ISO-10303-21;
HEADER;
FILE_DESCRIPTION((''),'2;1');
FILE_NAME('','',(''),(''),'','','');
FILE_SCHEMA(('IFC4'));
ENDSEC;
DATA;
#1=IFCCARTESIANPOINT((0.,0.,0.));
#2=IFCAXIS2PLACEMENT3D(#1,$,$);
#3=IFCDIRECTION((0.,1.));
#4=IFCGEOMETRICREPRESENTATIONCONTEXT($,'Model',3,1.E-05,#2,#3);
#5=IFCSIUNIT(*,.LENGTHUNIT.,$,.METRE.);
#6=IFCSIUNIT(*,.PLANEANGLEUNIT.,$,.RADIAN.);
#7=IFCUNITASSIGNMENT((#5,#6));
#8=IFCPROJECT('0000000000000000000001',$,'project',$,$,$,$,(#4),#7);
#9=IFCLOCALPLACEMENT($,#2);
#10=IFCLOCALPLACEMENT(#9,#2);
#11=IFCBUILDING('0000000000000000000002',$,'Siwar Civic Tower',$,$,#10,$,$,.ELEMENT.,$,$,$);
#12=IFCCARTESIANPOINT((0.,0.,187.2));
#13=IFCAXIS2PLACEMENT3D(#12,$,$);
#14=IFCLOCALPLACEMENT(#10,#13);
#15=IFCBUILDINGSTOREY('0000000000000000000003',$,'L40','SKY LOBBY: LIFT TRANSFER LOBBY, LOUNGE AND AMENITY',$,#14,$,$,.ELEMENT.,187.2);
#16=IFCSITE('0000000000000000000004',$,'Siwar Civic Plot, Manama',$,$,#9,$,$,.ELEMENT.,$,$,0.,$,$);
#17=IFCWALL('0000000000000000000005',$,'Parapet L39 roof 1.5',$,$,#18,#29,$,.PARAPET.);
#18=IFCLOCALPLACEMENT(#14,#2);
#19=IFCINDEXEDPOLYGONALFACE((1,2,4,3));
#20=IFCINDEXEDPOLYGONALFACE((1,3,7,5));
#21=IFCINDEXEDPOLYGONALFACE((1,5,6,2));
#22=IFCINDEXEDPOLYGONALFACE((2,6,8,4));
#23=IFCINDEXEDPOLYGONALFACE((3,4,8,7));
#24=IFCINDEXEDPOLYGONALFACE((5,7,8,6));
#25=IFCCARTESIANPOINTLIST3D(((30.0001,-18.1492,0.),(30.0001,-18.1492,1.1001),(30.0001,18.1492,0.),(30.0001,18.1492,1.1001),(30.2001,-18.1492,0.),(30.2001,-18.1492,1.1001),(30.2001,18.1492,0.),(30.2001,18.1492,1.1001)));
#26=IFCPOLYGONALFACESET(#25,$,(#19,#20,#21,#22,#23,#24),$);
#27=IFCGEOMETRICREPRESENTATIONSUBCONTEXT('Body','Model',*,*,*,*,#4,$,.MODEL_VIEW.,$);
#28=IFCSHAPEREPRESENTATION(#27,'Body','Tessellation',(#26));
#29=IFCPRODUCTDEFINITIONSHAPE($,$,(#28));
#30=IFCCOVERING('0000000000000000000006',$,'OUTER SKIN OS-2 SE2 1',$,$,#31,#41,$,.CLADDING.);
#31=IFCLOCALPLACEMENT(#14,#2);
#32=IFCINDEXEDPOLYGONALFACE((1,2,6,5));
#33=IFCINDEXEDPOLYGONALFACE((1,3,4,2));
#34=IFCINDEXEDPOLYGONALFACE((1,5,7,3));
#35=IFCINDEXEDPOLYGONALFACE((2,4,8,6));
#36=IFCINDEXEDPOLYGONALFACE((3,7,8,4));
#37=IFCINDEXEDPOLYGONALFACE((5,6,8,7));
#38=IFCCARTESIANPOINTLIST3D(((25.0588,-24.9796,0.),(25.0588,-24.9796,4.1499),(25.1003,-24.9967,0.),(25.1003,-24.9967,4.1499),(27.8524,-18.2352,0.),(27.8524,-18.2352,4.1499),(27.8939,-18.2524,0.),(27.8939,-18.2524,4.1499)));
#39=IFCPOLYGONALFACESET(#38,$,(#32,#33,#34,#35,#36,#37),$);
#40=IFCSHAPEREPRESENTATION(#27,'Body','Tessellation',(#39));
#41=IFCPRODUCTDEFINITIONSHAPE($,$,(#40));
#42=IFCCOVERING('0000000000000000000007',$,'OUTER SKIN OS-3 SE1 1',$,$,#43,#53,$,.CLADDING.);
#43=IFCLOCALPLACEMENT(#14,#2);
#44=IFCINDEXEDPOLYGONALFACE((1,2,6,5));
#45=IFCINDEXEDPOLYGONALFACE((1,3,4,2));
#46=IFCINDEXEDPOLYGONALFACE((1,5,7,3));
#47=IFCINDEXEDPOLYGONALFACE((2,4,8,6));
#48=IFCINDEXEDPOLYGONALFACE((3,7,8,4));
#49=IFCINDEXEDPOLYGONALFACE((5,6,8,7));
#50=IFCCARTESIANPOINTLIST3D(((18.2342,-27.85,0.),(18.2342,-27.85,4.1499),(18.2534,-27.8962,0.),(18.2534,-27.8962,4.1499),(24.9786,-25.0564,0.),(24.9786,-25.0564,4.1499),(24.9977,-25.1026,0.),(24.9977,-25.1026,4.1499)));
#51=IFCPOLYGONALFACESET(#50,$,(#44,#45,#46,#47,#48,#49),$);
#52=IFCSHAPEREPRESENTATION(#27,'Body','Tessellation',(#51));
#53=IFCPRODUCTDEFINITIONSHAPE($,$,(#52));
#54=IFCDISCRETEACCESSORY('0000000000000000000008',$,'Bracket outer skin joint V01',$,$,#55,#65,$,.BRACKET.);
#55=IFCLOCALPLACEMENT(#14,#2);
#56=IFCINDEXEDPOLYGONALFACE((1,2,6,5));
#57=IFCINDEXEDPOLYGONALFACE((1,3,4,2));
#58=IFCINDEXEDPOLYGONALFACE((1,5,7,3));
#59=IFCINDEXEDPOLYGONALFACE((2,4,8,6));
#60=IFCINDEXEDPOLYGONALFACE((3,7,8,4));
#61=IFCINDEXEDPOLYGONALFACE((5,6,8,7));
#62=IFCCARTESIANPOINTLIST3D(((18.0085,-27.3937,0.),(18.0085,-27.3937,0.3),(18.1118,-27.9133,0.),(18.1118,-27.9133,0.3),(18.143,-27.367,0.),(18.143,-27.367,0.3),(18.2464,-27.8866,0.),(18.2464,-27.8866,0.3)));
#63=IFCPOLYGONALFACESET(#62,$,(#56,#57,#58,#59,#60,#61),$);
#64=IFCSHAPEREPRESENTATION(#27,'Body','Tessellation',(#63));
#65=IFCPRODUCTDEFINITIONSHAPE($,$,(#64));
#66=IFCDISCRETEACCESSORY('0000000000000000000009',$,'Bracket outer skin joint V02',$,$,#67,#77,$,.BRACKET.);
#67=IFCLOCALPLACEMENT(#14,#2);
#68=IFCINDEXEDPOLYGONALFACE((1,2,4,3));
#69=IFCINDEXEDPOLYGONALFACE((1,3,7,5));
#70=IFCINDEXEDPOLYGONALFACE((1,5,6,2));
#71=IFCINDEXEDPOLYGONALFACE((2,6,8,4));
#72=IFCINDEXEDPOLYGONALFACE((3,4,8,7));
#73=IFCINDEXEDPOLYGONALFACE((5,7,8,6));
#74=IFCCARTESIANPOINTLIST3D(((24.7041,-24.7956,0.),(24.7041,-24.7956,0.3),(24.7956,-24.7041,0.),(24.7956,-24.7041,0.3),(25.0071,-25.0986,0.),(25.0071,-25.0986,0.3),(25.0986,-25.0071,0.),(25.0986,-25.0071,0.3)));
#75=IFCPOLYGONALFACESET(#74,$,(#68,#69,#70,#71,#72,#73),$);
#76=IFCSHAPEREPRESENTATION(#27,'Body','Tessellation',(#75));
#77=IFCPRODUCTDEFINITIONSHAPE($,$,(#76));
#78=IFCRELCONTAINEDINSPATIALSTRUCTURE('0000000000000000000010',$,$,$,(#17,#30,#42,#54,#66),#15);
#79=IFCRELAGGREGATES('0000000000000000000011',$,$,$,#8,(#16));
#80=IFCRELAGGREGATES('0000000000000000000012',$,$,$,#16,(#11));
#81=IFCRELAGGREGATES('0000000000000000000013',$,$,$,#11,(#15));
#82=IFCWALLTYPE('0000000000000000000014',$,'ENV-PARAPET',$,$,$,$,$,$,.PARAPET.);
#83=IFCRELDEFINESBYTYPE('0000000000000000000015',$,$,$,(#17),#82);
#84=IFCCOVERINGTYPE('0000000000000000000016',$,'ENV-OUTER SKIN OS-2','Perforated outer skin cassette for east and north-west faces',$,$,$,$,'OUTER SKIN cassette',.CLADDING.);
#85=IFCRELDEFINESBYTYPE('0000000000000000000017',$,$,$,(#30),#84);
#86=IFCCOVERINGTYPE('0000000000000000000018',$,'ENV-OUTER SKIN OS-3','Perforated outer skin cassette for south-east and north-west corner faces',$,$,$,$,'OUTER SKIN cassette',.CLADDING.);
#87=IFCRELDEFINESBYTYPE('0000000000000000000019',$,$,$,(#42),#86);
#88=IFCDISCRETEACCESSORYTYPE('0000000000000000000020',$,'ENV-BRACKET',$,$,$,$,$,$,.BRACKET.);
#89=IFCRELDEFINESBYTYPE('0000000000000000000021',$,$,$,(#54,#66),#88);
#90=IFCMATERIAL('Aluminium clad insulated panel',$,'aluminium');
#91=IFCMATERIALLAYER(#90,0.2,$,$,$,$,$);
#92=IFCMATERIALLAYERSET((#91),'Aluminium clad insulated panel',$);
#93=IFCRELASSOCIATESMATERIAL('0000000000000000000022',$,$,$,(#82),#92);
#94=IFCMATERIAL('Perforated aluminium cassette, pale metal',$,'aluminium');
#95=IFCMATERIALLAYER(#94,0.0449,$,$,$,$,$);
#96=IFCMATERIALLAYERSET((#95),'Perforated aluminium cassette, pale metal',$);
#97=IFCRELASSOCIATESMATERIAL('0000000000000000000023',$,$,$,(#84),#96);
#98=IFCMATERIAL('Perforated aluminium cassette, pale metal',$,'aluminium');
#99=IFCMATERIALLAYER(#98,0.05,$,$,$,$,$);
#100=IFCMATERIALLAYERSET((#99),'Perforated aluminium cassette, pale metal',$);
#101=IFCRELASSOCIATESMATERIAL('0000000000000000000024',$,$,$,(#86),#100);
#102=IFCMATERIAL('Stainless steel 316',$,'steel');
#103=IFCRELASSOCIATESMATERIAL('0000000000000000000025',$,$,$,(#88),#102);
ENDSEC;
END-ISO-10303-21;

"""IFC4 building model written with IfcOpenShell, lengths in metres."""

from ifc_helpers import new_model, si_unit, direction, frame, frame_2d, origin, origin_2d, place, context, subcontext, project, spatial, rectangle, extrude, material, layer, layer_set, type_object, element, save


model = new_model("IFC4")

# Units and contexts
model_context = context("Model", 3, precision=1e-05, world=origin(), true_north=direction((0.0, 1.0)))
body_context = subcontext(model_context, "Body", "Model", "MODEL_VIEW")
ifc_project = project(units=[si_unit("LENGTHUNIT", "METRE"), si_unit("PLANEANGLEUNIT", "RADIAN")], contexts=[model_context])

# Site, building, storey
site_placement = place(None, origin())
site = spatial("IfcSite", under=ifc_project, at=site_placement, Name="Siwar Civic Plot, Manama", CompositionType="ELEMENT", RefElevation=0.0)
building_placement = place(site_placement, origin())
building = spatial("IfcBuilding", under=site, at=building_placement, Name="Siwar Civic Tower", CompositionType="ELEMENT")
storey_placement = place(building_placement, frame((0.0, 0.0, 187.2)))
storey = spatial("IfcBuildingStorey", under=building, at=storey_placement, Name="L40", Description="SKY LOBBY: LIFT TRANSFER LOBBY, LOUNGE AND AMENITY", CompositionType="ELEMENT", Elevation=187.2)

# Wall
ifc_material_1 = material(Name="Aluminium clad insulated panel", Category="aluminium")
ifc_layer_1 = layer(ifc_material_1, 0.2)
ifc_layer_set_1 = layer_set([ifc_layer_1], Name="Aluminium clad insulated panel")
wall_type = type_object("IfcWallType", Name="ENV-PARAPET", PredefinedType="PARAPET", material=ifc_layer_set_1)
wall_placement = place(storey_placement, frame((30.1001, -18.1492, 0.0), z_axis=(0.0, 0.0, 1.0), x_axis=(0.0, 1.0, 0.0)))
element("IfcWall", 1, at=wall_placement, inside=storey, type_object=wall_type, Name="Parapet L39 roof 1.5", PredefinedType="PARAPET", context=body_context, shape_type="SweptSolid", body=[
    extrude(rectangle(XDim=36.2983, YDim=0.2, at=frame_2d((18.1492, 0.0))), origin(), (0.0, 0.0, 1.0), 1.1001),
])

# Coverings
ifc_material_2 = material(Name="Perforated aluminium cassette, pale metal", Category="aluminium")
ifc_layer_2 = layer(ifc_material_2, 0.0449)
ifc_layer_set_2 = layer_set([ifc_layer_2], Name="Perforated aluminium cassette, pale metal")
covering_type_1 = type_object("IfcCoveringType", Name="ENV-OUTER SKIN OS-2", Description="Perforated outer skin cassette for east and north-west faces", ElementType="OUTER SKIN cassette", PredefinedType="CLADDING", material=ifc_layer_set_2)
covering_1_placement = place(storey_placement, frame((26.4763, -21.616, 0.0), z_axis=(0.0, 0.0, 1.0), x_axis=(0.382683, 0.92388, 0.0)))
element("IfcCovering", 2, at=covering_1_placement, inside=storey, type_object=covering_type_1, Name="OUTER SKIN OS-2 SE2 1", PredefinedType="CLADDING", context=body_context, shape_type="SweptSolid", body=[
    extrude(rectangle(XDim=7.3, YDim=0.0449, at=origin_2d()), origin(), (0.0, 0.0, 1.0), 4.1499),
])
ifc_material_3 = material(Name="Perforated aluminium cassette, pale metal", Category="aluminium")
ifc_layer_3 = layer(ifc_material_3, 0.05)
ifc_layer_set_3 = layer_set([ifc_layer_3], Name="Perforated aluminium cassette, pale metal")
covering_type_2 = type_object("IfcCoveringType", Name="ENV-OUTER SKIN OS-3", Description="Perforated outer skin cassette for south-east and north-west corner faces", ElementType="OUTER SKIN cassette", PredefinedType="CLADDING", material=ifc_layer_set_3)
covering_2_placement = place(storey_placement, frame((21.616, -26.4763, 0.0), z_axis=(0.0, 0.0, 1.0), x_axis=(0.92388, 0.382683, 0.0)))
element("IfcCovering", 3, at=covering_2_placement, inside=storey, type_object=covering_type_2, Name="OUTER SKIN OS-3 SE1 1", PredefinedType="CLADDING", context=body_context, shape_type="SweptSolid", body=[
    extrude(rectangle(XDim=7.3, YDim=0.05, at=origin_2d()), origin(), (0.0, 0.0, 1.0), 4.1499),
])

# Discrete accessories
ifc_material_4 = material(Name="Stainless steel 316", Category="steel")
discrete_accessory_type = type_object("IfcDiscreteAccessoryType", Name="ENV-BRACKET", PredefinedType="BRACKET", material=ifc_material_4)
discrete_accessory_1_placement = place(storey_placement, frame((18.1274, -27.6401, 0.0), z_axis=(0.0, 0.0, 1.0), x_axis=(0.19509, -0.980785, 0.0)))
element("IfcDiscreteAccessory", 4, at=discrete_accessory_1_placement, inside=storey, type_object=discrete_accessory_type, Name="Bracket outer skin joint V01", PredefinedType="BRACKET", context=body_context, shape_type="SweptSolid", body=[
    extrude(rectangle(XDim=0.5298, YDim=0.1372, at=origin_2d()), origin(), (0.0, 0.0, 1.0), 0.3),
])
discrete_accessory_2_placement = place(storey_placement, frame((24.9014, -24.9014, 0.0), z_axis=(0.0, 0.0, 1.0), x_axis=(0.707107, -0.707107, 0.0)))
element("IfcDiscreteAccessory", 5, at=discrete_accessory_2_placement, inside=storey, type_object=discrete_accessory_type, Name="Bracket outer skin joint V02", PredefinedType="BRACKET", context=body_context, shape_type="SweptSolid", body=[
    extrude(rectangle(XDim=0.4285, YDim=0.1294, at=origin_2d()), origin(), (0.0, 0.0, 1.0), 0.3),
])

save(model, "model.ifc")
